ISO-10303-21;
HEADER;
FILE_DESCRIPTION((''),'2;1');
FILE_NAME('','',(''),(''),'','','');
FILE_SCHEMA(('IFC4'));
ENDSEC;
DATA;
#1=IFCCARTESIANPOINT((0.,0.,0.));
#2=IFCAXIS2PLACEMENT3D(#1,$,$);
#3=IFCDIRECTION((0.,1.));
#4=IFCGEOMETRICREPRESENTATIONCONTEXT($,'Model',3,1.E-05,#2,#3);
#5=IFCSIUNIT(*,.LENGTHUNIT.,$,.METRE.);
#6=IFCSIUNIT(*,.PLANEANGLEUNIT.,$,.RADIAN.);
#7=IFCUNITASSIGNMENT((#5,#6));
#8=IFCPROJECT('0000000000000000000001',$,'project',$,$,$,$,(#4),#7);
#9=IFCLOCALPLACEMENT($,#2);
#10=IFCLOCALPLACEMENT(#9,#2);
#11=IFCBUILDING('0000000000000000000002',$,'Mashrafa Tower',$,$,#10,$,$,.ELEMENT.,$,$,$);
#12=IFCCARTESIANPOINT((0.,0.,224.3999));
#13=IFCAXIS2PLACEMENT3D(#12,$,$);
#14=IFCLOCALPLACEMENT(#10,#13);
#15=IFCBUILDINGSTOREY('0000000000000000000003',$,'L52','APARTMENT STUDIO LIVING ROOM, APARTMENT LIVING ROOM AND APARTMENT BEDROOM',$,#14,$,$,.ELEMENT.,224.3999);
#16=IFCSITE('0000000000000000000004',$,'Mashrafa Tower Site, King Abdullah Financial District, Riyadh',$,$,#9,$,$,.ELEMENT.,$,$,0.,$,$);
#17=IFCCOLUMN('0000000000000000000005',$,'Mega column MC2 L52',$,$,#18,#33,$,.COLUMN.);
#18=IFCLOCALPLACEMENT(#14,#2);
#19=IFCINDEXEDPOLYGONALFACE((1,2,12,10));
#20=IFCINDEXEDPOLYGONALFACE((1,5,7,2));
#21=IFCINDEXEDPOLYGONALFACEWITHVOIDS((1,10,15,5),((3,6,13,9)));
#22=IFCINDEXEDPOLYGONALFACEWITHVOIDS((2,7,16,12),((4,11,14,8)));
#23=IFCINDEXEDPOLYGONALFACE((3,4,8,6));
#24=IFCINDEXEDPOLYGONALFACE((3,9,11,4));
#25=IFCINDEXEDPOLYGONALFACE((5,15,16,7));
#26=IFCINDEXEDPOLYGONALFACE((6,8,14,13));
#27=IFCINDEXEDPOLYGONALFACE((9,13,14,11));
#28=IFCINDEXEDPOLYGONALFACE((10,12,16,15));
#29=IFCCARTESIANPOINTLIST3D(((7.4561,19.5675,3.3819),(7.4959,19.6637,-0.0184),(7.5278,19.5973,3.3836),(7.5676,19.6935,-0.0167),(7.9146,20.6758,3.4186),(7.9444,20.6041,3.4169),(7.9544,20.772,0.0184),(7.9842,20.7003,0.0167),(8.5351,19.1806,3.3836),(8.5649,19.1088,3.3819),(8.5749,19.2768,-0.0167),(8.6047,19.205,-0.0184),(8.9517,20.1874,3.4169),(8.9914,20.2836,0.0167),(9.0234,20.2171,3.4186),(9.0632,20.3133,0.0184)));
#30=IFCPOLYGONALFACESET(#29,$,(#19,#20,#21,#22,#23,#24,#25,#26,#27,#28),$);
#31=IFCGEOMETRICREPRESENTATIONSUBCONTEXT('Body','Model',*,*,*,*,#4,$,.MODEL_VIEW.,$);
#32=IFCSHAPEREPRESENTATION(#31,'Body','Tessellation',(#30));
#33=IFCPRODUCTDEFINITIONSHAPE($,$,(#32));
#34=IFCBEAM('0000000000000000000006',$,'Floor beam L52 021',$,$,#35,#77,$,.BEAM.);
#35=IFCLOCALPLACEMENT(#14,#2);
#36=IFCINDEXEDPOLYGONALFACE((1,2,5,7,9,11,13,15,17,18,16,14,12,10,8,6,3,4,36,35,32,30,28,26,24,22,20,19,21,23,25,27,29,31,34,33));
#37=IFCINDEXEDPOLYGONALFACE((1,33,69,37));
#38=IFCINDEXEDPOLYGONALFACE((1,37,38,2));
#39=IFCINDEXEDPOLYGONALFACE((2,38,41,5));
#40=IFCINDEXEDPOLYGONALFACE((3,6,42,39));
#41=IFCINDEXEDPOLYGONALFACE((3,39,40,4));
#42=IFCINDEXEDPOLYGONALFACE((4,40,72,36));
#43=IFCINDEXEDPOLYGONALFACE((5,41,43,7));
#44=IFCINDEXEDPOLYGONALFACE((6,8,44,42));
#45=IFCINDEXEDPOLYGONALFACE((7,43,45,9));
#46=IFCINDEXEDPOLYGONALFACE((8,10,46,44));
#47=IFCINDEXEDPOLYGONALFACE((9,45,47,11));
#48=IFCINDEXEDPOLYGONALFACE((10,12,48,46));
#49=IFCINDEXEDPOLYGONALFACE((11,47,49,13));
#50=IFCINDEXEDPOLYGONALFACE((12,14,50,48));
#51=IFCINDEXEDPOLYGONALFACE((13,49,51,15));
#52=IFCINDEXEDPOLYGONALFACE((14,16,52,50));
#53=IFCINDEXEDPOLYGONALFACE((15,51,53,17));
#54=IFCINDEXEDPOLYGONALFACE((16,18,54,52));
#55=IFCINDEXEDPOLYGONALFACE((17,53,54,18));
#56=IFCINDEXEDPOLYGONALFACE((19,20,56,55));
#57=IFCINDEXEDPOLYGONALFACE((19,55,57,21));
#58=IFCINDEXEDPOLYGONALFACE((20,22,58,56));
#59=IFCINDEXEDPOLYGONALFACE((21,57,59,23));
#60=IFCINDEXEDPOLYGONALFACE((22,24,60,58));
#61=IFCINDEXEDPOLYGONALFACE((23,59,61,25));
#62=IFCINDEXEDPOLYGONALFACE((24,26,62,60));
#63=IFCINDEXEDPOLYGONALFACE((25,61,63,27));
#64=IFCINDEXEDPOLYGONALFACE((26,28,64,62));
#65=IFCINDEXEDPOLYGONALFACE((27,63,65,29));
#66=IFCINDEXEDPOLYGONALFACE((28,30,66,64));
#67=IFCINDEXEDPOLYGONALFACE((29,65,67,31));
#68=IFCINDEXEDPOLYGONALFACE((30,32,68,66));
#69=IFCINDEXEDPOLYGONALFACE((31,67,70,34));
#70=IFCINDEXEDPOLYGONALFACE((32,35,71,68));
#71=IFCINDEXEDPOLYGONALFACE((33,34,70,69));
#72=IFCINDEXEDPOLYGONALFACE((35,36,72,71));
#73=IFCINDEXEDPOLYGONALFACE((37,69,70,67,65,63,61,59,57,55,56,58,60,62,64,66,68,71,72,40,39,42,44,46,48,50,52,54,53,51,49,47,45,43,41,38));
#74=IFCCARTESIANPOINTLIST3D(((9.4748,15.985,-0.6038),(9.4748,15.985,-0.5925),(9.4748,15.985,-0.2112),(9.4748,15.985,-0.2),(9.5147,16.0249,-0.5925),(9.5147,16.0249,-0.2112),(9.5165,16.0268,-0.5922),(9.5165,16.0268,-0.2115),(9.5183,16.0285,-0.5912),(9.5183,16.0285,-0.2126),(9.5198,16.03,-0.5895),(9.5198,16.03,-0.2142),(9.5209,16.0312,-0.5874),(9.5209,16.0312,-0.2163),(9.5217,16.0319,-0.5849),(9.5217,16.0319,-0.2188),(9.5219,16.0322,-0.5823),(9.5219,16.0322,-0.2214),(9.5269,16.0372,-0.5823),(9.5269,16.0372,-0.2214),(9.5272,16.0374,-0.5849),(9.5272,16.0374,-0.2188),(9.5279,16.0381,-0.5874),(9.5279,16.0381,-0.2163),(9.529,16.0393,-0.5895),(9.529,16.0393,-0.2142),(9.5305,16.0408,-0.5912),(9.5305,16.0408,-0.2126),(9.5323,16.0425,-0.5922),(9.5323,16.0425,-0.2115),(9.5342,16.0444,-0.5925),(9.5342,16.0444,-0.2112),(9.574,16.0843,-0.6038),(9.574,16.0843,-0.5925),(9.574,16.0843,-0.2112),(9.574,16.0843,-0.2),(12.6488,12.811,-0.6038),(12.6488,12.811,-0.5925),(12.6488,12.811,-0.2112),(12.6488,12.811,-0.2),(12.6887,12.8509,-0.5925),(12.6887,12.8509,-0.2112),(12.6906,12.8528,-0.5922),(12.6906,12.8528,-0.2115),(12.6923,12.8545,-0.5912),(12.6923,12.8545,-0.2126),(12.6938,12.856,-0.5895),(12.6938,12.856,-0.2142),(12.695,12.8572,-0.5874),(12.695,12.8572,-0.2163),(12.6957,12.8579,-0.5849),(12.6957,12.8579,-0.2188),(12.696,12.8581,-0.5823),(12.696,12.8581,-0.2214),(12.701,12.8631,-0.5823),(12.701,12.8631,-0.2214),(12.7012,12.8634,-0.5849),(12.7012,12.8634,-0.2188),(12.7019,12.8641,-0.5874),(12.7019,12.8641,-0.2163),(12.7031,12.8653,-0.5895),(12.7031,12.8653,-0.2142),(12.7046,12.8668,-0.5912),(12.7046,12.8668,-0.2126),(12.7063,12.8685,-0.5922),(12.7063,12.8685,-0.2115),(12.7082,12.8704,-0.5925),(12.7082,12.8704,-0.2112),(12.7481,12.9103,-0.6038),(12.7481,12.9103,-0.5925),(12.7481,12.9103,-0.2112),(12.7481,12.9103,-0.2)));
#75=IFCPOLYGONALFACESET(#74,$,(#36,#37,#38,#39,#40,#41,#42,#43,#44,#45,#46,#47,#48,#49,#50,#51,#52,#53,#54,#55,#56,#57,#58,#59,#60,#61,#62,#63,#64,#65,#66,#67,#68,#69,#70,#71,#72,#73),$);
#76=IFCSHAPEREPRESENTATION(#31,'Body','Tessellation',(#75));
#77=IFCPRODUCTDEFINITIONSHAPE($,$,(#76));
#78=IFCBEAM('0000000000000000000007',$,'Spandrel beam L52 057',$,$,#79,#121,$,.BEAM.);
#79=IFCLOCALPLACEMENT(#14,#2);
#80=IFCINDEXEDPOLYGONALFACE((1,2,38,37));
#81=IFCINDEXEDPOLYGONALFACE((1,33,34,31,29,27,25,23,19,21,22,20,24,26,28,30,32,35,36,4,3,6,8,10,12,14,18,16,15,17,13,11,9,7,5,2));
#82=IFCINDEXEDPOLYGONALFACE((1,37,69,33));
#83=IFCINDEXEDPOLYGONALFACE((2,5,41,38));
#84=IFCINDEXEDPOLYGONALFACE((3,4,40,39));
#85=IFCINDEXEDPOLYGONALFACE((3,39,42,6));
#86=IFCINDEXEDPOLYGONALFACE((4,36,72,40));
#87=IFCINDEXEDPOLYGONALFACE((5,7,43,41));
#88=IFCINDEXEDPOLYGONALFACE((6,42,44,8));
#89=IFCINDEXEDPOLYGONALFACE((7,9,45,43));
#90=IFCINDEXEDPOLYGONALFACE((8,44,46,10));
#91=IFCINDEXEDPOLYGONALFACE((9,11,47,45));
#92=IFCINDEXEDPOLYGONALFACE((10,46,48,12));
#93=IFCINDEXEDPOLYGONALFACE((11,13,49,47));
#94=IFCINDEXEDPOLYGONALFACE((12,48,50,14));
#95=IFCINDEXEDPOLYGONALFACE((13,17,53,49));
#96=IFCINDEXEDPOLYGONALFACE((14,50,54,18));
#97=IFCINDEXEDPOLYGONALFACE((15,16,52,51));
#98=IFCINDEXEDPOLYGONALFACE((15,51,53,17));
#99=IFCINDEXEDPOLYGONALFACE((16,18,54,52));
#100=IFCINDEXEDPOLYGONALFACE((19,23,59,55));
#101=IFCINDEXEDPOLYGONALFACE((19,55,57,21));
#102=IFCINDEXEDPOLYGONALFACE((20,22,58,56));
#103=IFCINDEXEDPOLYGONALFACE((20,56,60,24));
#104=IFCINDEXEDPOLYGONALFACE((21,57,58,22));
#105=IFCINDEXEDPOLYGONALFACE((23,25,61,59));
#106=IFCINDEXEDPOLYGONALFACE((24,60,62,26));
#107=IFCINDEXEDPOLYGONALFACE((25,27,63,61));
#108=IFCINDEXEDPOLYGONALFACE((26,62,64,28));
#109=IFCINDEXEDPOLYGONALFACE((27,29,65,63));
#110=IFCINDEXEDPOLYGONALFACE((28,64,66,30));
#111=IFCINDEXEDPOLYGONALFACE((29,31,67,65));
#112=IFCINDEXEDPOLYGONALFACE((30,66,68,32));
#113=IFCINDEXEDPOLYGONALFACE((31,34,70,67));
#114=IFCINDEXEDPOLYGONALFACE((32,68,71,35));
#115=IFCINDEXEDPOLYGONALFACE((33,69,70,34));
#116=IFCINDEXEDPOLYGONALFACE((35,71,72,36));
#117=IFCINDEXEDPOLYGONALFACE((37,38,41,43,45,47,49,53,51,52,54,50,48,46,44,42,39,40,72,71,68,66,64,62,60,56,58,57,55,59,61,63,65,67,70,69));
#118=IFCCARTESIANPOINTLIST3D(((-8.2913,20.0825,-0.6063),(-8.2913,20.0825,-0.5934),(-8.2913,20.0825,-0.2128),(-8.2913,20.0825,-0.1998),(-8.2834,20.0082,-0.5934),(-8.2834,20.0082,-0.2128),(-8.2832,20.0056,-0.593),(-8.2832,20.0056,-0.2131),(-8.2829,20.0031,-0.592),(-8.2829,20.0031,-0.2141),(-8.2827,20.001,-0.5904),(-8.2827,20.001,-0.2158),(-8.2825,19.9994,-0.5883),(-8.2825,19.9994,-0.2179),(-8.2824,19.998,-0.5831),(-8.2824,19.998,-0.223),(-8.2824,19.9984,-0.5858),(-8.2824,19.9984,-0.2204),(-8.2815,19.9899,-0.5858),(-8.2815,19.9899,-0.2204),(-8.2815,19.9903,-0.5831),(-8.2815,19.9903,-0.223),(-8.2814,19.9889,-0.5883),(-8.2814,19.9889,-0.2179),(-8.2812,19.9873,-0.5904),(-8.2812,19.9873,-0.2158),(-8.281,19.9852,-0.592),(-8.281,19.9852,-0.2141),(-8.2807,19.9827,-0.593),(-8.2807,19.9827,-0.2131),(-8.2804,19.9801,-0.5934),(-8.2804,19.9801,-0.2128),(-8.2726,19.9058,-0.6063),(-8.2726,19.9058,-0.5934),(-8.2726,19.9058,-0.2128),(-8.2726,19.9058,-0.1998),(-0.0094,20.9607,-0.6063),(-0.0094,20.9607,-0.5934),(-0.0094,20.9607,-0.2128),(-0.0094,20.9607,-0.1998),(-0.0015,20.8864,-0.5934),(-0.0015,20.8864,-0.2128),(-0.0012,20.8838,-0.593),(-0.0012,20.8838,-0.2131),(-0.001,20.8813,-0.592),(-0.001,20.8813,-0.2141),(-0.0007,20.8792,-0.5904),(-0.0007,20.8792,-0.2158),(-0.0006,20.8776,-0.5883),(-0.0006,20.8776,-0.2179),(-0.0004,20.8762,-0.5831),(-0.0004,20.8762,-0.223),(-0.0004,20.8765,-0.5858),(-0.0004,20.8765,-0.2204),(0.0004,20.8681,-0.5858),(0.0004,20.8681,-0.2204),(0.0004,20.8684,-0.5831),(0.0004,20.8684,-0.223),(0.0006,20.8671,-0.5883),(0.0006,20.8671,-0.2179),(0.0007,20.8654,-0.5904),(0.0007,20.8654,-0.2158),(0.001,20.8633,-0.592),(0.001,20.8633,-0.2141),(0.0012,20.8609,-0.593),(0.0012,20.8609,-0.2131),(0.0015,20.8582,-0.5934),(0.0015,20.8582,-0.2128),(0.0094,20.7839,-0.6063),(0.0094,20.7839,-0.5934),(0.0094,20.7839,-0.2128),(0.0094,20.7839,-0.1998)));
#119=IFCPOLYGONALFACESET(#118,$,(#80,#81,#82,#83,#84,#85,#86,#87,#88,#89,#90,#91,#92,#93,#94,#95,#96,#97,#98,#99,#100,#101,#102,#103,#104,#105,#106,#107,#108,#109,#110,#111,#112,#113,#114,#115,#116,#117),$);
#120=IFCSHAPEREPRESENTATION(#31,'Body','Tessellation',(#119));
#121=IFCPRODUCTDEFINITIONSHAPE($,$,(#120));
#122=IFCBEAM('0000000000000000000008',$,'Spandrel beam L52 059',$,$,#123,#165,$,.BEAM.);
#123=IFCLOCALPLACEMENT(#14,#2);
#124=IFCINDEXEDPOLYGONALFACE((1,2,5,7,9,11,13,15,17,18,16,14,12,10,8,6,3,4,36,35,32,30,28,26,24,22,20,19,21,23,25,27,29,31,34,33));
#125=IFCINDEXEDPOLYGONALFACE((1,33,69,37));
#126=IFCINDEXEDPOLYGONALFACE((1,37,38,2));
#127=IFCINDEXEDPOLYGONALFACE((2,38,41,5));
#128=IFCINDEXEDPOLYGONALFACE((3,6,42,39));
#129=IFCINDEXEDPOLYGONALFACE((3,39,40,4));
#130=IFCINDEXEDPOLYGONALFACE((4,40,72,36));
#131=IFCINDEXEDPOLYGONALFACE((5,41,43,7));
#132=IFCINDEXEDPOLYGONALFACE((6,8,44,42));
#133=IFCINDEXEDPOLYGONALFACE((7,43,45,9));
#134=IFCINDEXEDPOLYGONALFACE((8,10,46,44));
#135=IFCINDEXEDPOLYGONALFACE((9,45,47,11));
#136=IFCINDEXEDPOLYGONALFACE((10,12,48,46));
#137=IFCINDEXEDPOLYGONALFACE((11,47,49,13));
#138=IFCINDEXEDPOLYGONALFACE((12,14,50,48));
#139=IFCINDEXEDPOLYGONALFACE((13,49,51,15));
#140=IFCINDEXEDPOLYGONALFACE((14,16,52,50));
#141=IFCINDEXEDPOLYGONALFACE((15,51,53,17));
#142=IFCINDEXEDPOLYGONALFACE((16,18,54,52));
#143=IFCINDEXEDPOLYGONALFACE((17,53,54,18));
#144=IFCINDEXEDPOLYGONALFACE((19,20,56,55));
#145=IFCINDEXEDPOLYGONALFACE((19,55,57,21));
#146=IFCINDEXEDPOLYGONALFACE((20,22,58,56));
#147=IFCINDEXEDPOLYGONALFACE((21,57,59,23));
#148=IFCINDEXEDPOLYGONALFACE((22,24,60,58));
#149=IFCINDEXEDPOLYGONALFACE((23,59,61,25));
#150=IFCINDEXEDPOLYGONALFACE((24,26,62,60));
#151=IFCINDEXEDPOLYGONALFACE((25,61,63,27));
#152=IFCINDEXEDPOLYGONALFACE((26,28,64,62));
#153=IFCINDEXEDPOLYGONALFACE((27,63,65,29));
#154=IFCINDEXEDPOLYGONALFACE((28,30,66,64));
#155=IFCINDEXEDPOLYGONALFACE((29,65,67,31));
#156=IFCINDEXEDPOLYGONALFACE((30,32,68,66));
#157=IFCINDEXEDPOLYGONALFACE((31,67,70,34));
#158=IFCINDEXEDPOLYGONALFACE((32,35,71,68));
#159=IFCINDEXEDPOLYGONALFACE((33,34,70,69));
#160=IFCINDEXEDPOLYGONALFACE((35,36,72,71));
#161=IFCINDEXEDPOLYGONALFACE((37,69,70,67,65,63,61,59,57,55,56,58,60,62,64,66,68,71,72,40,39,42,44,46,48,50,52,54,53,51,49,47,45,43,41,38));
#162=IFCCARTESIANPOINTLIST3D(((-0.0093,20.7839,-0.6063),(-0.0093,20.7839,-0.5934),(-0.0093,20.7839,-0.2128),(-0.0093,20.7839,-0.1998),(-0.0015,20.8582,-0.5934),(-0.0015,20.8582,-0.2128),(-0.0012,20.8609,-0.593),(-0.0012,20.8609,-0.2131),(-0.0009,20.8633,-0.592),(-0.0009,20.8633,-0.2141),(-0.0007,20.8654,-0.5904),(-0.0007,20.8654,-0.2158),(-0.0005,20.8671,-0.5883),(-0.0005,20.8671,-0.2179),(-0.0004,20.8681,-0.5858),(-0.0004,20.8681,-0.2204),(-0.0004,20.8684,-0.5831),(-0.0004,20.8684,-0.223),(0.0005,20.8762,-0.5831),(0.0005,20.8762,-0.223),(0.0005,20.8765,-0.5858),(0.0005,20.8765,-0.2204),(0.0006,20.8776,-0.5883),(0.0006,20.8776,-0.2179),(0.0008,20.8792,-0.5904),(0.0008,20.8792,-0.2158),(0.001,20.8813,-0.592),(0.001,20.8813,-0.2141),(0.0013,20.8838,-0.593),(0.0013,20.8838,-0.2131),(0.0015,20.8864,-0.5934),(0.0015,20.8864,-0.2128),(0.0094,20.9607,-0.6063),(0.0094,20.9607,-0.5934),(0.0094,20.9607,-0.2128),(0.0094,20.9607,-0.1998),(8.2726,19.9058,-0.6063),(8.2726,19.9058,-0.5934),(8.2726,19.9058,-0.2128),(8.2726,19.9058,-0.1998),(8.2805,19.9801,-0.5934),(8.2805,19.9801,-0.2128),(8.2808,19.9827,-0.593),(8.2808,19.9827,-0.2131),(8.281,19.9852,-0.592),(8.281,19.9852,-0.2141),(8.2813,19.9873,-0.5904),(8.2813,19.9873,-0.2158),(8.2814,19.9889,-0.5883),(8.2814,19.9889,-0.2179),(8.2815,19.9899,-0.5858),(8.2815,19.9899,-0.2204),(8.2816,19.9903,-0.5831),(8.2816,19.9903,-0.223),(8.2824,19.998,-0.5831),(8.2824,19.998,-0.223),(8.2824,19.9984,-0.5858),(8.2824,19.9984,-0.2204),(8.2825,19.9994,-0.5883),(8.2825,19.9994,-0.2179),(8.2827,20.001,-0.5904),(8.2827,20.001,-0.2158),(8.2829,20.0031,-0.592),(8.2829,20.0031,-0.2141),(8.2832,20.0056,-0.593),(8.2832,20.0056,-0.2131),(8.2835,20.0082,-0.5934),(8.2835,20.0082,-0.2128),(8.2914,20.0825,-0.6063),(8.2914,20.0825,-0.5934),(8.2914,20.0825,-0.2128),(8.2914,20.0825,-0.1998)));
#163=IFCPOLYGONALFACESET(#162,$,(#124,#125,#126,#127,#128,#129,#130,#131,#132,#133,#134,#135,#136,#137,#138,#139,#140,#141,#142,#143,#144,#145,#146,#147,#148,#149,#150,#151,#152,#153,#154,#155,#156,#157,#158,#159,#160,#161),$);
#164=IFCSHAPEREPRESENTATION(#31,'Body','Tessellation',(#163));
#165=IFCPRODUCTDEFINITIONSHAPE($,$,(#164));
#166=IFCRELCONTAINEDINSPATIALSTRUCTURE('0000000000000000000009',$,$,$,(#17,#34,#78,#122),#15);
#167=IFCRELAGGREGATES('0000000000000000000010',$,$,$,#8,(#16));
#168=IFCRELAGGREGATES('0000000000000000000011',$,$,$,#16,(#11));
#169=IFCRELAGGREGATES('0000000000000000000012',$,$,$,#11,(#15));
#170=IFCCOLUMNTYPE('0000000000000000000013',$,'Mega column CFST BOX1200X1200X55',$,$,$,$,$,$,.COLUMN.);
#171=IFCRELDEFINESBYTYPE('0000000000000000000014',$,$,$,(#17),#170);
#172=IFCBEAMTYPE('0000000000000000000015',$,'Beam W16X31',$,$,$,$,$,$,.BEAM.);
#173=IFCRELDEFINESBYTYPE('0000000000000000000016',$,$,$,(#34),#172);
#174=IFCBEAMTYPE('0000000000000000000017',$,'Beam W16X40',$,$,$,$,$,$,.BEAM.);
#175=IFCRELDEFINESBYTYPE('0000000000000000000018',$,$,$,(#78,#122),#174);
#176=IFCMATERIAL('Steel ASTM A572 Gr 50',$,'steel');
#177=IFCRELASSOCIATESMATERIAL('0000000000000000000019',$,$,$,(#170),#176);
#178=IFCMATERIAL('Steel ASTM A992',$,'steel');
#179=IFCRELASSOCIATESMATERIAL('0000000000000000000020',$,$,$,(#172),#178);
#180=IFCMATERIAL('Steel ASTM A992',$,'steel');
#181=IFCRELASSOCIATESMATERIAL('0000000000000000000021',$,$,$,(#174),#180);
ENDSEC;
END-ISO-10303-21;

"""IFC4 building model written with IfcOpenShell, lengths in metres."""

from ifc_helpers import new_model, si_unit, direction, frame, origin, origin_2d, place, context, subcontext, project, spatial, hollow_rectangle, i_section, extrude, material, material_profile, profile_set, type_object, element, save


model = new_model("IFC4")

# Units and contexts
model_context = context("Model", 3, precision=1e-05, world=origin(), true_north=direction((0.0, 1.0)))
body_context = subcontext(model_context, "Body", "Model", "MODEL_VIEW")
ifc_project = project(units=[si_unit("LENGTHUNIT", "METRE"), si_unit("PLANEANGLEUNIT", "RADIAN")], contexts=[model_context])

# Site, building, storey
site_placement = place(None, origin())
site = spatial("IfcSite", under=ifc_project, at=site_placement, Name="Mashrafa Tower Site, King Abdullah Financial District, Riyadh", CompositionType="ELEMENT", RefElevation=0.0)
building_placement = place(site_placement, origin())
building = spatial("IfcBuilding", under=site, at=building_placement, Name="Mashrafa Tower", CompositionType="ELEMENT")
storey_placement = place(building_placement, frame((0.0, 0.0, 224.3999)))
storey = spatial("IfcBuildingStorey", under=building, at=storey_placement, Name="L52", Description="APARTMENT STUDIO LIVING ROOM, APARTMENT LIVING ROOM AND APARTMENT BEDROOM", CompositionType="ELEMENT", Elevation=224.3999)

# Column
ifc_material_1 = material(Name="Steel ASTM A572 Gr 50", Category="steel")
ifc_material_profile_1 = material_profile(ifc_material_1, hollow_rectangle(XDim=1.2, YDim=1.2, WallThickness=0.0549, at=origin_2d()), Name="BOX1200X1200X55")
ifc_profile_set_1 = profile_set([ifc_material_profile_1], Name="Steel ASTM A572 Gr 50")
column_type = type_object("IfcColumnType", Name="Mega column CFST BOX1200X1200X55", PredefinedType="COLUMN", material=ifc_profile_set_1)
column_placement = place(storey_placement, frame((8.2795, 19.9885, 0.0), z_axis=(-0.011698, -0.028277, 0.999532), x_axis=(0.924045, -0.382283, 0.0)))
element("IfcColumn", 1, at=column_placement, inside=storey, type_object=column_type, Name="Mega column MC2 L52", PredefinedType="COLUMN", context=body_context, shape_type="SweptSolid", body=[
    extrude(hollow_rectangle(XDim=1.2, YDim=1.2, WallThickness=0.0549, at=origin_2d()), origin(), (0.0, 0.0, 1.0), 3.4019),
])

# Beams
ifc_material_2 = material(Name="Steel ASTM A992", Category="steel")
ifc_material_profile_2 = material_profile(ifc_material_2, i_section(OverallWidth=0.1404, OverallDepth=0.4038, WebThickness=0.0071, FlangeThickness=0.0112, FilletRadius=0.0103, at=origin_2d()), Name="W16X31")
ifc_profile_set_2 = profile_set([ifc_material_profile_2], Name="Steel ASTM A992")
beam_type_1 = type_object("IfcBeamType", Name="Beam W16X31", PredefinedType="BEAM", material=ifc_profile_set_2)
beam_1_placement = place(storey_placement, frame((9.5244, 16.0347, -0.4019), z_axis=(0.707107, -0.707107, 0.0), x_axis=(0.707107, 0.707107, 0.0)))
element("IfcBeam", 2, at=beam_1_placement, inside=storey, type_object=beam_type_1, Name="Floor beam L52 021", PredefinedType="BEAM", context=body_context, shape_type="SweptSolid", body=[
    extrude(i_section(OverallWidth=0.1404, OverallDepth=0.4038, WebThickness=0.0071, FlangeThickness=0.0112, FilletRadius=0.0103, at=origin_2d()), origin(), (0.0, 0.0, 1.0), 4.4888),
])
ifc_material_3 = material(Name="Steel ASTM A992", Category="steel")
ifc_material_profile_3 = material_profile(ifc_material_3, i_section(OverallWidth=0.1777, OverallDepth=0.4065, WebThickness=0.0078, FlangeThickness=0.0129, FilletRadius=0.0103, at=origin_2d()), Name="W16X40")
ifc_profile_set_3 = profile_set([ifc_material_profile_3], Name="Steel ASTM A992")
beam_type_2 = type_object("IfcBeamType", Name="Beam W16X40", PredefinedType="BEAM", material=ifc_profile_set_3)
for number, where, z_axis, x_axis, name in (
    (3, (0.0, 20.8723, -0.4031), (-0.994425, -0.105443, 0.0), (0.105443, -0.994425, 0.0), "Spandrel beam L52 057"),
    (4, (8.282, 19.9941, -0.4031), (-0.994425, 0.105443, 0.0), (-0.105443, -0.994425, 0.0), "Spandrel beam L52 059"),
):
    element("IfcBeam", number, at=place(storey_placement, frame(where, z_axis=z_axis, x_axis=x_axis)), inside=storey, type_object=beam_type_2, Name=name, PredefinedType="BEAM", context=body_context, shape_type="SweptSolid", body=[
        extrude(i_section(OverallWidth=0.1777, OverallDepth=0.4065, WebThickness=0.0078, FlangeThickness=0.0129, FilletRadius=0.0103, at=origin_2d()), origin(), (0.0, 0.0, 1.0), 8.3284),
    ])

save(model, "model.ifc")
